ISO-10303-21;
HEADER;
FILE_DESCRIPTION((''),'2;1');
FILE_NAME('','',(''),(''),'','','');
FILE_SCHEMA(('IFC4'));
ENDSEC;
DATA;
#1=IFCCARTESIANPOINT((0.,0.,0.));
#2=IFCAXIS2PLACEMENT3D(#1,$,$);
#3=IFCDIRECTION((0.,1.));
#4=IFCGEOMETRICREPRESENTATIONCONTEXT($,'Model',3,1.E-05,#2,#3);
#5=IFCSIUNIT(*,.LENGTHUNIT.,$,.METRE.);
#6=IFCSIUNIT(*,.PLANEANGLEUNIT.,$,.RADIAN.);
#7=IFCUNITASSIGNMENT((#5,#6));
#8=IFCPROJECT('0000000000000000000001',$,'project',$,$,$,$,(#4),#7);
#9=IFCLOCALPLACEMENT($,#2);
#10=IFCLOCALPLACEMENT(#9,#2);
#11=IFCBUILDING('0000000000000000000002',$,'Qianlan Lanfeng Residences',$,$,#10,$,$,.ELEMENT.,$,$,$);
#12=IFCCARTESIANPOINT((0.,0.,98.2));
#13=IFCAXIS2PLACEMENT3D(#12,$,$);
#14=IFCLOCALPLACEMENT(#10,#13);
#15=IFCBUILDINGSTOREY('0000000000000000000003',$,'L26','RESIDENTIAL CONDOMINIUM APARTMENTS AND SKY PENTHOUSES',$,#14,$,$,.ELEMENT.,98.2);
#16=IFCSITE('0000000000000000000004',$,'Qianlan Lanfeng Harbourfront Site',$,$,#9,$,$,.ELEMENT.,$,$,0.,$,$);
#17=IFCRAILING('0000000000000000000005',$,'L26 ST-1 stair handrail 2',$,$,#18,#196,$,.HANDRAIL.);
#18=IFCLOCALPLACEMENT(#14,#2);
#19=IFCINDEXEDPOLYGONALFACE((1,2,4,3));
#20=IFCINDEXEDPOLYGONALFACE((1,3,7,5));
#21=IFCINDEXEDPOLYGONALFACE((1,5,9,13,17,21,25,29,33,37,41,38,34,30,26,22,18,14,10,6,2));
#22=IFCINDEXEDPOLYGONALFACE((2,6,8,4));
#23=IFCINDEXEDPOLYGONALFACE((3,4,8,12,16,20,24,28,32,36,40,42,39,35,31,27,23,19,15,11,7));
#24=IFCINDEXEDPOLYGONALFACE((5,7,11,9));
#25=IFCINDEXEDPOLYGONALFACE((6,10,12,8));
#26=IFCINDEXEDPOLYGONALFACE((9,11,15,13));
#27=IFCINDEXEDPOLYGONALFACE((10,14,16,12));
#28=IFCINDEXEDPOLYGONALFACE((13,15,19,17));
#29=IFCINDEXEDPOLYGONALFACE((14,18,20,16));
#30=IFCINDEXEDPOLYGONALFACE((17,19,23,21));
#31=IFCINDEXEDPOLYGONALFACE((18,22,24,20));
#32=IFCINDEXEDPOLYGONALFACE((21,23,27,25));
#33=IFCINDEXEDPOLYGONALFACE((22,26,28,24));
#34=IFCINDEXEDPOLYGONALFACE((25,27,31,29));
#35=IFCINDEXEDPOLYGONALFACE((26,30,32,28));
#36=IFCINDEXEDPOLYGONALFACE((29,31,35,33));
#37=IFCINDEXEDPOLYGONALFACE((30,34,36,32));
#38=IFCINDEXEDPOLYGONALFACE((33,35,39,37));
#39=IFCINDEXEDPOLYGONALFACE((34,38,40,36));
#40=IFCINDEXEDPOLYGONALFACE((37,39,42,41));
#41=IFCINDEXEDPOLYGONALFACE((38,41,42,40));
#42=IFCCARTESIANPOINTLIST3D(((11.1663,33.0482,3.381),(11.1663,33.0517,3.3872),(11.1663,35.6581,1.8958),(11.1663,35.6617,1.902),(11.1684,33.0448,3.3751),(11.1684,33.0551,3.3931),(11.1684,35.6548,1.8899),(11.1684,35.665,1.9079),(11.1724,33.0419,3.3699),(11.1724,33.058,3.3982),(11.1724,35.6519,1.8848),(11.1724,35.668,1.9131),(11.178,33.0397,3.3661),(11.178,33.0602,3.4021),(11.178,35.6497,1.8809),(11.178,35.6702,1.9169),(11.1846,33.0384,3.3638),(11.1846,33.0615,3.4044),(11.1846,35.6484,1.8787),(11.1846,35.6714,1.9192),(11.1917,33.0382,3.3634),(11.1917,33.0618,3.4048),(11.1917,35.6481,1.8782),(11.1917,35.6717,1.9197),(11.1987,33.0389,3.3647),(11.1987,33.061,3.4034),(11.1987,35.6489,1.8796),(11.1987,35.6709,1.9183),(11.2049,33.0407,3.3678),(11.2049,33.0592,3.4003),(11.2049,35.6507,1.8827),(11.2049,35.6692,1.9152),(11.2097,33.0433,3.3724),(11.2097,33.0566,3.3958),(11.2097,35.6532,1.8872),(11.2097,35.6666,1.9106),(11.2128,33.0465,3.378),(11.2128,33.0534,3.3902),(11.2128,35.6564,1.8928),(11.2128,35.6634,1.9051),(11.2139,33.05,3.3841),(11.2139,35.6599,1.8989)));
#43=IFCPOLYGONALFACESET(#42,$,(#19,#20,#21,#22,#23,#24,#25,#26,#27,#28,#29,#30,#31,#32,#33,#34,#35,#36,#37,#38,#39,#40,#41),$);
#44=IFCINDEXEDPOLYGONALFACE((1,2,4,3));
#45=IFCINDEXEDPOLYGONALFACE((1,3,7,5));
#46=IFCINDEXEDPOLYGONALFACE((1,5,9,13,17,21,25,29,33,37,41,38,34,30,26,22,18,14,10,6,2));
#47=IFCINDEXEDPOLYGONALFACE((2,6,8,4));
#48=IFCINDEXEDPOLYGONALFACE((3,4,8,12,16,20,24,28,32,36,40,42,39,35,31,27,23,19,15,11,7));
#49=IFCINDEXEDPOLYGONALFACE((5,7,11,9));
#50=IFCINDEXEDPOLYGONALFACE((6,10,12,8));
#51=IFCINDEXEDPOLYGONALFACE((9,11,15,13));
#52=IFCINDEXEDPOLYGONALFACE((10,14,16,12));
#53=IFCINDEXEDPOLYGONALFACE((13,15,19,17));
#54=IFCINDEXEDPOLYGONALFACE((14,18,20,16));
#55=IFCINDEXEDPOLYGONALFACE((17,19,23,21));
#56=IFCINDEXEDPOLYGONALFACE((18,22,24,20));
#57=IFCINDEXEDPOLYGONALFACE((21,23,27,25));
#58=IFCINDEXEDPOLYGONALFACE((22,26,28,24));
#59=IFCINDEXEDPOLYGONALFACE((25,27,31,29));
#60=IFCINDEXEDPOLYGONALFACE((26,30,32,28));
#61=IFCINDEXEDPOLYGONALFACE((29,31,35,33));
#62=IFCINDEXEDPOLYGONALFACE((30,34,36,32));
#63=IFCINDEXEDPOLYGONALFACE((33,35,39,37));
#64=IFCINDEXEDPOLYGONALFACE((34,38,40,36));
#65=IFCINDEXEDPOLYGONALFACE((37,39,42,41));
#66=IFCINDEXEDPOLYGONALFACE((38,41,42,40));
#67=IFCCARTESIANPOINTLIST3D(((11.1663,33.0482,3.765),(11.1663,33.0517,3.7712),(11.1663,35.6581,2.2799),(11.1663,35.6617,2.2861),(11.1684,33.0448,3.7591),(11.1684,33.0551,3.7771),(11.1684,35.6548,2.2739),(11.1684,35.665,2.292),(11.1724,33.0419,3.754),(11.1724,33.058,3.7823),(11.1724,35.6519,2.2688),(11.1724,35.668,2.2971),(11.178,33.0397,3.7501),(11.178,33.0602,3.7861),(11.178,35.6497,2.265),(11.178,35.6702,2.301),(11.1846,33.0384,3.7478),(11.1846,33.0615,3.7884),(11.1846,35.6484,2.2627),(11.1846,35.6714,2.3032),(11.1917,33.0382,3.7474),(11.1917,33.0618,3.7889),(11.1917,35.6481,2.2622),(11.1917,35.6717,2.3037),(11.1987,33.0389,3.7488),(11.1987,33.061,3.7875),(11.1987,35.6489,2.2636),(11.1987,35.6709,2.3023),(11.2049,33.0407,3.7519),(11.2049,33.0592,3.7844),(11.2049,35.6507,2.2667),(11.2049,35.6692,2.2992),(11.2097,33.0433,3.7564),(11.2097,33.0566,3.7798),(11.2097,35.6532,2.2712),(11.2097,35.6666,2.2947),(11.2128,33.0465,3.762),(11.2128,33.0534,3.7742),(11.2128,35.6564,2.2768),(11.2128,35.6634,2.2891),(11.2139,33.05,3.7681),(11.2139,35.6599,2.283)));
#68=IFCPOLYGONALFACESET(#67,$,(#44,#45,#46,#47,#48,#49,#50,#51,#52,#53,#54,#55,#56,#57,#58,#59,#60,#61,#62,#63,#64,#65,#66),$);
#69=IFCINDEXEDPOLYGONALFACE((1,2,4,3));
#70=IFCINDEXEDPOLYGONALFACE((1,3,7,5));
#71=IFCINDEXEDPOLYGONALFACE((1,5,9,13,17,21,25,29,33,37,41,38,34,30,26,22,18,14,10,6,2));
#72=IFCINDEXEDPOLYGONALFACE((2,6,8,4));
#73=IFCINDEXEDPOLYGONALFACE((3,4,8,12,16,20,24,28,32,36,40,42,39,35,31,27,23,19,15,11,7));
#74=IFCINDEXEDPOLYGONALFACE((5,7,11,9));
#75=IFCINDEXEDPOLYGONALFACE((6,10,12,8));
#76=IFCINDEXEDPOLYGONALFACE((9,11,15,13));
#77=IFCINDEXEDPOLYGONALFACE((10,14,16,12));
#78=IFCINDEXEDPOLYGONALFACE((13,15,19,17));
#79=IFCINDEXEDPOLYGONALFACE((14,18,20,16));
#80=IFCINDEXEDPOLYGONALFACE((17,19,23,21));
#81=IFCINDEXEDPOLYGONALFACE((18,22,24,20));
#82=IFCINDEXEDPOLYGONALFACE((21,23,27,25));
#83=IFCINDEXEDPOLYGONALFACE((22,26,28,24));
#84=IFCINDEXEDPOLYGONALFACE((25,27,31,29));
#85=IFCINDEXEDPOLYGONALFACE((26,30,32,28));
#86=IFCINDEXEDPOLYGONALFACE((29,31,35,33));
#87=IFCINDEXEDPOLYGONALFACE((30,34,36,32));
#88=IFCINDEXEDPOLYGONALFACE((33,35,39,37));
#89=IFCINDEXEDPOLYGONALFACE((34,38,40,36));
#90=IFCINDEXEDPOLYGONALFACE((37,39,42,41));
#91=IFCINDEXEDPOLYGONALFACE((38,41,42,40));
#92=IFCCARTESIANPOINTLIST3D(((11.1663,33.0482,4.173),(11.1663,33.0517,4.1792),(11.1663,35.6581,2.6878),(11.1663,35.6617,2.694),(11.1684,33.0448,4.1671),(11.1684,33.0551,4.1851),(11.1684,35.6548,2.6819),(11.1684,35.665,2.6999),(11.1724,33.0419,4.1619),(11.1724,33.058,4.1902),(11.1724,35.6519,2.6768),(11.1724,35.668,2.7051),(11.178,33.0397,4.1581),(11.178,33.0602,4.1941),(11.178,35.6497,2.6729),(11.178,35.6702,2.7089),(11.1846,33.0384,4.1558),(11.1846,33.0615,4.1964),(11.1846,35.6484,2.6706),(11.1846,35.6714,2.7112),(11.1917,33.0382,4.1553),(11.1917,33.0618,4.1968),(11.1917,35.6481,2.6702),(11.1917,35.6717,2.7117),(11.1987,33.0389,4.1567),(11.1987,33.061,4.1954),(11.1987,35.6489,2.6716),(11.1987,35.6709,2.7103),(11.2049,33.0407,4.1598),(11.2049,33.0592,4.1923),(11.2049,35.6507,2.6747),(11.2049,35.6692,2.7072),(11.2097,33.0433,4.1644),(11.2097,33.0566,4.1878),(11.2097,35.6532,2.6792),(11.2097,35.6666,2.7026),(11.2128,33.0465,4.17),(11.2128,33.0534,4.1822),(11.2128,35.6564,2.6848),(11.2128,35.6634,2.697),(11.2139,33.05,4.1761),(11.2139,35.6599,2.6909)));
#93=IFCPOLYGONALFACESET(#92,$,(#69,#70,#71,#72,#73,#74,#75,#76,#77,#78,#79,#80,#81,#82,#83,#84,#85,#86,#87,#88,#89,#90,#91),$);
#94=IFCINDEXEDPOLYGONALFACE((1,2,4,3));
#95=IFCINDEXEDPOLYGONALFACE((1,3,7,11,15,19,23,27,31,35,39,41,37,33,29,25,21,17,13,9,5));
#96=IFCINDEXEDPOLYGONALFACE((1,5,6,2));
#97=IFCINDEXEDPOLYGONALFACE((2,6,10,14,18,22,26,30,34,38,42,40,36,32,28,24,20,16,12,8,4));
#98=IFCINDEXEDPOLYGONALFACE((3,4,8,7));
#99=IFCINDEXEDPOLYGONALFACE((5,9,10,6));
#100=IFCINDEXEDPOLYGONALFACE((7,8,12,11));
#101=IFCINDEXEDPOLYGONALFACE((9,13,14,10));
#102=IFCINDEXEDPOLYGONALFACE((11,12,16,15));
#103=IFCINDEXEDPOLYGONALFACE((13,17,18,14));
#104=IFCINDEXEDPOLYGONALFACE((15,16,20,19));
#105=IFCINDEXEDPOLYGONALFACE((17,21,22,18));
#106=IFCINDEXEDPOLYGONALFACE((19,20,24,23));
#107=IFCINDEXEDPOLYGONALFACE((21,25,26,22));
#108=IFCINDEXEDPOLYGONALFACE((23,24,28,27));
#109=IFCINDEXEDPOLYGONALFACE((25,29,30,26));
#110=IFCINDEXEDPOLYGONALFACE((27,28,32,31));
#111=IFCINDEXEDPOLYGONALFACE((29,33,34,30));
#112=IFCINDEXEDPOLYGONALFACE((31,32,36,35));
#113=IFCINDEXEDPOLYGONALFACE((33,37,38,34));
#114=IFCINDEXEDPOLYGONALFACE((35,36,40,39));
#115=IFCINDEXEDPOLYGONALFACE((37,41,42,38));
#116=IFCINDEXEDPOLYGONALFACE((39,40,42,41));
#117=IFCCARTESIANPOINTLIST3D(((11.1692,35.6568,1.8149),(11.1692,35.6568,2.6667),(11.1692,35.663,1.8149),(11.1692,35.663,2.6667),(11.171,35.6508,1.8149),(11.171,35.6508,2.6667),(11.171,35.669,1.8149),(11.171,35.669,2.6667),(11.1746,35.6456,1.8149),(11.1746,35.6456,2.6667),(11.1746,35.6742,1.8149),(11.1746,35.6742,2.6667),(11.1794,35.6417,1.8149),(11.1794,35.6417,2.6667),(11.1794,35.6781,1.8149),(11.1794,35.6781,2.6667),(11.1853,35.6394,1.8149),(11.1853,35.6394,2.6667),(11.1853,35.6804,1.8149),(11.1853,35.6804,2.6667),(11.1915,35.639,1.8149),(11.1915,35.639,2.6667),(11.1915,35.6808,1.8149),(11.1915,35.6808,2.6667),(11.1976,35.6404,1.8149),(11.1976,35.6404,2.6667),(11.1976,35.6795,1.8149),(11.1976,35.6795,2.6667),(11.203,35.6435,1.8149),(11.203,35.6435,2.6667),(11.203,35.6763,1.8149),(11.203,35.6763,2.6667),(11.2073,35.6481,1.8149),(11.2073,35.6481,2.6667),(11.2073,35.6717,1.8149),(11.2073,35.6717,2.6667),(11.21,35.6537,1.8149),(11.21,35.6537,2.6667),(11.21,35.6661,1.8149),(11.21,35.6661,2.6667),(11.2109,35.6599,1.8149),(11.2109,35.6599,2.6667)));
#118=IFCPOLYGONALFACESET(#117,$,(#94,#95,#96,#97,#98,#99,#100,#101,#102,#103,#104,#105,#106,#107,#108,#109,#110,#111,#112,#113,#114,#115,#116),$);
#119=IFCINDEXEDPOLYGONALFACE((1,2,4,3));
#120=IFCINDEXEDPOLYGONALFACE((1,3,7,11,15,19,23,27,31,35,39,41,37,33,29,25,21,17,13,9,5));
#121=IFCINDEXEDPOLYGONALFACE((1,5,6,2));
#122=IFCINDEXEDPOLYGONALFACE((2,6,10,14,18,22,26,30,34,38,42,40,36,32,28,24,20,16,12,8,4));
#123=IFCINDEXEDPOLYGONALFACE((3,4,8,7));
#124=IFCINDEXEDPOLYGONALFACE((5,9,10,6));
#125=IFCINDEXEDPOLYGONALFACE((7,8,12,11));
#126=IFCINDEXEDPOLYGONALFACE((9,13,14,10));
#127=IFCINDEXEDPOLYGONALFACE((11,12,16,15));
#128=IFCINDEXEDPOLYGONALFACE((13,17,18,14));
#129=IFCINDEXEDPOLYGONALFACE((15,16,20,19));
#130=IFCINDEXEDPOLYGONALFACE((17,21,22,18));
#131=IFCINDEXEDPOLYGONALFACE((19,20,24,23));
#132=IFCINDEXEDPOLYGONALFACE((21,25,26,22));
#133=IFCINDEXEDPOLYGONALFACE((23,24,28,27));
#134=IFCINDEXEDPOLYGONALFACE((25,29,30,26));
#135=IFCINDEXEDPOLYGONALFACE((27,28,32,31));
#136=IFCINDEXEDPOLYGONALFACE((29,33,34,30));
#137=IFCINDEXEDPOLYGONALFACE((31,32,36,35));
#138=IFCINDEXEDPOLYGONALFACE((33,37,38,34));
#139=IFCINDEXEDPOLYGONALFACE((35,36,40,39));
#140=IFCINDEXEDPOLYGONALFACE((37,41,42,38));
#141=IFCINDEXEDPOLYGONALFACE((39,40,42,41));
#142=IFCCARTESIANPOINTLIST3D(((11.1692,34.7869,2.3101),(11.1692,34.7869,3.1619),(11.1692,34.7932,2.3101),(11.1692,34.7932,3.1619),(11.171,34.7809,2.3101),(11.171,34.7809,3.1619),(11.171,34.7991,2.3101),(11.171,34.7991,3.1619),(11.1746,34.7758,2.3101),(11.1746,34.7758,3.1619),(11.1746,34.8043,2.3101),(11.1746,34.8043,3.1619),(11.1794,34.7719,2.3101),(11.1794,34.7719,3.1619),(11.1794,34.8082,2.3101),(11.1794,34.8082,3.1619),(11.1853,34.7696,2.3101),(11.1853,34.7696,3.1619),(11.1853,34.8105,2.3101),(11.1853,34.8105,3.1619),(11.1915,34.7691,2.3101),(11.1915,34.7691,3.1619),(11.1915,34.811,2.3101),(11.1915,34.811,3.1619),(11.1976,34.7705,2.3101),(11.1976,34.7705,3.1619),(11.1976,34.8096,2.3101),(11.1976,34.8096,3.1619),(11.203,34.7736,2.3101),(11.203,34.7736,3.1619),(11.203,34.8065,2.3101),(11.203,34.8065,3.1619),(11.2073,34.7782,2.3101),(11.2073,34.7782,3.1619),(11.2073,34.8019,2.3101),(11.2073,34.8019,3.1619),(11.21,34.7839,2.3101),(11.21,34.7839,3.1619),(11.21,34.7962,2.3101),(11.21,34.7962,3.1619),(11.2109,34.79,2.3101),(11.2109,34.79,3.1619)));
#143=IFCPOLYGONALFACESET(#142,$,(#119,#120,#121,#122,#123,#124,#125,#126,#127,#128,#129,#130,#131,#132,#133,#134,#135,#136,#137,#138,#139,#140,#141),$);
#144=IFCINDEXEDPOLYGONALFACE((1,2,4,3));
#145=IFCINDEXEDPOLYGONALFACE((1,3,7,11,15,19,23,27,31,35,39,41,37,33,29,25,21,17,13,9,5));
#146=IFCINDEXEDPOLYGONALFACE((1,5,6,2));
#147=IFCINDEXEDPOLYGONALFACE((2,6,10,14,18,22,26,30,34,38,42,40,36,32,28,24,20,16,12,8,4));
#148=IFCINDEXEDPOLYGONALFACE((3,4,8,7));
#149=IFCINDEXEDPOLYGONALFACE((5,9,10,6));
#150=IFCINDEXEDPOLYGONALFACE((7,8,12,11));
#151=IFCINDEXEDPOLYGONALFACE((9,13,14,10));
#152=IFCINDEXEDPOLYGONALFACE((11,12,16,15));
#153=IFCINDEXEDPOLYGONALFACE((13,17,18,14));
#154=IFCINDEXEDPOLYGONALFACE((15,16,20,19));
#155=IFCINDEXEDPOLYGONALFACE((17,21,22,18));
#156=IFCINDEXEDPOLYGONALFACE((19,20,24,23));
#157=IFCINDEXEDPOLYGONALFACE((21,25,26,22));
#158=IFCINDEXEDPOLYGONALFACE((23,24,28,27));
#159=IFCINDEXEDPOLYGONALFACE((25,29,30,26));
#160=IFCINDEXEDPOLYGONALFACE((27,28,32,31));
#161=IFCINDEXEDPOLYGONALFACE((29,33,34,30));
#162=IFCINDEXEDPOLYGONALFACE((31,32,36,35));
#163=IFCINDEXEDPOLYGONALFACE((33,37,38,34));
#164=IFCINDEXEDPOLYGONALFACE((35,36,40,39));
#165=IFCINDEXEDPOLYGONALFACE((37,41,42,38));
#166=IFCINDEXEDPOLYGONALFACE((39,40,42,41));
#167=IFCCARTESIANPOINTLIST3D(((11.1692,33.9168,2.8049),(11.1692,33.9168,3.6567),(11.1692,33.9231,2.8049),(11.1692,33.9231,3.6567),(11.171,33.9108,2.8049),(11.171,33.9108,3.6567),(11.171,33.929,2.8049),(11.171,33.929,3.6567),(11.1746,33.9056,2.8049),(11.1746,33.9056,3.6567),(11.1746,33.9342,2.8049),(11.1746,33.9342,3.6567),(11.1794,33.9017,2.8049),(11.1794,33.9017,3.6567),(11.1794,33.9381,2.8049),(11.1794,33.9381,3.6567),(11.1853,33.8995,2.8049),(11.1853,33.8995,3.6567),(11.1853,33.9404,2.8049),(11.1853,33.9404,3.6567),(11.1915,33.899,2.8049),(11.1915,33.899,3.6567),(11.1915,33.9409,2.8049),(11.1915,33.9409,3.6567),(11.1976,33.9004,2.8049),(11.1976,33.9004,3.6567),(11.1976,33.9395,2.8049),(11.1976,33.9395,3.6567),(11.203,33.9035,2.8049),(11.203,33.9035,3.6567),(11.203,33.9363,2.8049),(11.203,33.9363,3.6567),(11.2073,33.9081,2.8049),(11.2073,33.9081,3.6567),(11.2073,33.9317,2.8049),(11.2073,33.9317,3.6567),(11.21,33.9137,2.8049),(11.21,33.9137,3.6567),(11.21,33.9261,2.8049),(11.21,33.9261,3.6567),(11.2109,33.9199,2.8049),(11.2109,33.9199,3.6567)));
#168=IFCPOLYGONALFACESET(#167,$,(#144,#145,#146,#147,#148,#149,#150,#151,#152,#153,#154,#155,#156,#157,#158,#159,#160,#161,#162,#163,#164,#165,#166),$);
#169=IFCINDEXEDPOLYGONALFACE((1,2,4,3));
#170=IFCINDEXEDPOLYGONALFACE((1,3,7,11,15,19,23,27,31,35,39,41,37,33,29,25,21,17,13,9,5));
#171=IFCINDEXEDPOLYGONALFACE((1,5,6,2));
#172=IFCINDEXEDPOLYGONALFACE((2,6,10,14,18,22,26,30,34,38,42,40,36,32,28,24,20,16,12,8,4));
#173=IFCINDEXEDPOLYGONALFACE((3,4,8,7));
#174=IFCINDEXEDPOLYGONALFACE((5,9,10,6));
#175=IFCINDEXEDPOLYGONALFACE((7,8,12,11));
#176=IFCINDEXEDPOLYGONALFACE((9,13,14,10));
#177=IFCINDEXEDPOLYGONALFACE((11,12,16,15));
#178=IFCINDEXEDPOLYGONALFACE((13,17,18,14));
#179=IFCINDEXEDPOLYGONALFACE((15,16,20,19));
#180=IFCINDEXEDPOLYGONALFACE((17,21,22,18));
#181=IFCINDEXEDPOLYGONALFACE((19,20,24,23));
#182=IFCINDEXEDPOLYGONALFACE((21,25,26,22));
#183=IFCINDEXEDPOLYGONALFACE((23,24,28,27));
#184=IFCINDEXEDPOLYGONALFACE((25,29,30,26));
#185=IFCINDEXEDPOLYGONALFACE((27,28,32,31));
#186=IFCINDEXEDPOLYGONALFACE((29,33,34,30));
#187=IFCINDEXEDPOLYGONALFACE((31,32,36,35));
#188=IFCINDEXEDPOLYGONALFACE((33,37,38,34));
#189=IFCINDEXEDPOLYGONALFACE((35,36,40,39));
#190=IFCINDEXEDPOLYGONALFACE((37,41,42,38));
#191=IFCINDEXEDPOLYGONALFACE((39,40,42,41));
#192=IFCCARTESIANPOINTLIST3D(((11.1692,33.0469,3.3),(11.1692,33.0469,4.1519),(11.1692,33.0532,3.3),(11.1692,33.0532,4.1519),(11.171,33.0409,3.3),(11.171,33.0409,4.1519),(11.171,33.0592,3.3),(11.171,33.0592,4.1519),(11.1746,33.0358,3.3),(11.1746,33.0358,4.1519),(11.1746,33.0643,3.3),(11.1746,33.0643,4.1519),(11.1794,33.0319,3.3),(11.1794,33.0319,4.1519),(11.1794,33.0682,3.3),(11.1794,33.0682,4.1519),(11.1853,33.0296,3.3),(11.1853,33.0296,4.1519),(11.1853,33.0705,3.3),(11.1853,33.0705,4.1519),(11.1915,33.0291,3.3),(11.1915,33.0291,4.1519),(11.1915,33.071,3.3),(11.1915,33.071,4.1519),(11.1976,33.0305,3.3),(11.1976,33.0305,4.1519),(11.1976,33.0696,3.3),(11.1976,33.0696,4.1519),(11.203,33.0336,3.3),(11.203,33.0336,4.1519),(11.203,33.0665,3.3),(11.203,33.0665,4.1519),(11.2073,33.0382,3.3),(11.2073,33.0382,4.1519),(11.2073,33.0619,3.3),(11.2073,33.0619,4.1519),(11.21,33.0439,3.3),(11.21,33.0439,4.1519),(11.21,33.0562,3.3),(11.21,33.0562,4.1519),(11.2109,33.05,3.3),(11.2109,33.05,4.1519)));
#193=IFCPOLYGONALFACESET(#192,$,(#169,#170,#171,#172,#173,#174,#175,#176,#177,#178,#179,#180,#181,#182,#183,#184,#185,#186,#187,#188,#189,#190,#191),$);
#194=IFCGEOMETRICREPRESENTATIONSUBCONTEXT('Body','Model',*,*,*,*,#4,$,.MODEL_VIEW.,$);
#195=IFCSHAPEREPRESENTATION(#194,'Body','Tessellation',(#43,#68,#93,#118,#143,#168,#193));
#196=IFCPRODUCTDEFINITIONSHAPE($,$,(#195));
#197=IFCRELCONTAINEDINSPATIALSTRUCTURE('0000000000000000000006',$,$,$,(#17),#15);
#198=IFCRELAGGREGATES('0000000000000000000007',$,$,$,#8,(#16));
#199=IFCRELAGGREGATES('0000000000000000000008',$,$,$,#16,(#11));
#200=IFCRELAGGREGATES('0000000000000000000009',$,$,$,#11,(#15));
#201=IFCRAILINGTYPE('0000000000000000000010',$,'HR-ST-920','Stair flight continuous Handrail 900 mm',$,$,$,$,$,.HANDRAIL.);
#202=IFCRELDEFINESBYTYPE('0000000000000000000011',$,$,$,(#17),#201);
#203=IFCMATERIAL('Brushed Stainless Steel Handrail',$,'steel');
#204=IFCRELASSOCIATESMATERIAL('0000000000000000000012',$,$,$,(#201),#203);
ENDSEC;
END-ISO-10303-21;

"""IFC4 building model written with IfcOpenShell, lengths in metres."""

from ifc_helpers import new_model, si_unit, direction, frame, origin, origin_2d, place, context, subcontext, project, spatial, circle, extrude, material, type_object, element, save


model = new_model("IFC4")

# Units and contexts
model_context = context("Model", 3, precision=1e-05, world=origin(), true_north=direction((0.0, 1.0)))
body_context = subcontext(model_context, "Body", "Model", "MODEL_VIEW")
ifc_project = project(units=[si_unit("LENGTHUNIT", "METRE"), si_unit("PLANEANGLEUNIT", "RADIAN")], contexts=[model_context])

# Site, building, storey
site_placement = place(None, origin())
site = spatial("IfcSite", under=ifc_project, at=site_placement, Name="Qianlan Lanfeng Harbourfront Site", CompositionType="ELEMENT", RefElevation=0.0)
building_placement = place(site_placement, origin())
building = spatial("IfcBuilding", under=site, at=building_placement, Name="Qianlan Lanfeng Residences", CompositionType="ELEMENT")
storey_placement = place(building_placement, frame((0.0, 0.0, 98.2)))
storey = spatial("IfcBuildingStorey", under=building, at=storey_placement, Name="L26", Description="RESIDENTIAL CONDOMINIUM APARTMENTS AND SKY PENTHOUSES", CompositionType="ELEMENT", Elevation=98.2)

# Railing
ifc_material_1 = material(Name="Brushed Stainless Steel Handrail", Category="steel")
railing_type_1 = type_object("IfcRailingType", Name="HR-ST-920", Description="Stair flight continuous Handrail 900 mm", PredefinedType="HANDRAIL", material=ifc_material_1)
railing_1_placement = place(storey_placement, frame((11.1899, 35.6599, 1.8149)))
element("IfcRailing", 1, at=railing_1_placement, inside=storey, type_object=railing_type_1, Name="L26 ST-1 stair handrail 2", PredefinedType="HANDRAIL", context=body_context, shape_type="SweptSolid", body=[
    extrude(circle(Radius=0.0239, at=origin_2d()), frame((0.0, 0.0, 0.084), z_axis=(0.0, -0.869137, 0.494571), x_axis=(1.0, 0.0, 0.0)), (0.0, 0.0, 1.0), 3.0029),
    extrude(circle(Radius=0.0239, at=origin_2d()), frame((0.0, 0.0, 0.468), z_axis=(0.0, -0.869137, 0.494571), x_axis=(1.0, 0.0, 0.0)), (0.0, 0.0, 1.0), 3.0029),
    extrude(circle(Radius=0.0239, at=origin_2d()), frame((0.0, 0.0, 0.876), z_axis=(0.0, -0.869137, 0.494571), x_axis=(1.0, 0.0, 0.0)), (0.0, 0.0, 1.0), 3.0029),
    extrude(circle(Radius=0.021, at=origin_2d()), origin(), (0.0, 0.0, 1.0), 0.8518),
    extrude(circle(Radius=0.021, at=origin_2d()), frame((0.0, -0.8699, 0.4951)), (0.0, 0.0, 1.0), 0.8518),
    extrude(circle(Radius=0.021, at=origin_2d()), frame((0.0, -1.74, 0.99)), (0.0, 0.0, 1.0), 0.8518),
    extrude(circle(Radius=0.021, at=origin_2d()), frame((0.0, -2.6099, 1.4851)), (0.0, 0.0, 1.0), 0.8518),
])

save(model, "model.ifc")
